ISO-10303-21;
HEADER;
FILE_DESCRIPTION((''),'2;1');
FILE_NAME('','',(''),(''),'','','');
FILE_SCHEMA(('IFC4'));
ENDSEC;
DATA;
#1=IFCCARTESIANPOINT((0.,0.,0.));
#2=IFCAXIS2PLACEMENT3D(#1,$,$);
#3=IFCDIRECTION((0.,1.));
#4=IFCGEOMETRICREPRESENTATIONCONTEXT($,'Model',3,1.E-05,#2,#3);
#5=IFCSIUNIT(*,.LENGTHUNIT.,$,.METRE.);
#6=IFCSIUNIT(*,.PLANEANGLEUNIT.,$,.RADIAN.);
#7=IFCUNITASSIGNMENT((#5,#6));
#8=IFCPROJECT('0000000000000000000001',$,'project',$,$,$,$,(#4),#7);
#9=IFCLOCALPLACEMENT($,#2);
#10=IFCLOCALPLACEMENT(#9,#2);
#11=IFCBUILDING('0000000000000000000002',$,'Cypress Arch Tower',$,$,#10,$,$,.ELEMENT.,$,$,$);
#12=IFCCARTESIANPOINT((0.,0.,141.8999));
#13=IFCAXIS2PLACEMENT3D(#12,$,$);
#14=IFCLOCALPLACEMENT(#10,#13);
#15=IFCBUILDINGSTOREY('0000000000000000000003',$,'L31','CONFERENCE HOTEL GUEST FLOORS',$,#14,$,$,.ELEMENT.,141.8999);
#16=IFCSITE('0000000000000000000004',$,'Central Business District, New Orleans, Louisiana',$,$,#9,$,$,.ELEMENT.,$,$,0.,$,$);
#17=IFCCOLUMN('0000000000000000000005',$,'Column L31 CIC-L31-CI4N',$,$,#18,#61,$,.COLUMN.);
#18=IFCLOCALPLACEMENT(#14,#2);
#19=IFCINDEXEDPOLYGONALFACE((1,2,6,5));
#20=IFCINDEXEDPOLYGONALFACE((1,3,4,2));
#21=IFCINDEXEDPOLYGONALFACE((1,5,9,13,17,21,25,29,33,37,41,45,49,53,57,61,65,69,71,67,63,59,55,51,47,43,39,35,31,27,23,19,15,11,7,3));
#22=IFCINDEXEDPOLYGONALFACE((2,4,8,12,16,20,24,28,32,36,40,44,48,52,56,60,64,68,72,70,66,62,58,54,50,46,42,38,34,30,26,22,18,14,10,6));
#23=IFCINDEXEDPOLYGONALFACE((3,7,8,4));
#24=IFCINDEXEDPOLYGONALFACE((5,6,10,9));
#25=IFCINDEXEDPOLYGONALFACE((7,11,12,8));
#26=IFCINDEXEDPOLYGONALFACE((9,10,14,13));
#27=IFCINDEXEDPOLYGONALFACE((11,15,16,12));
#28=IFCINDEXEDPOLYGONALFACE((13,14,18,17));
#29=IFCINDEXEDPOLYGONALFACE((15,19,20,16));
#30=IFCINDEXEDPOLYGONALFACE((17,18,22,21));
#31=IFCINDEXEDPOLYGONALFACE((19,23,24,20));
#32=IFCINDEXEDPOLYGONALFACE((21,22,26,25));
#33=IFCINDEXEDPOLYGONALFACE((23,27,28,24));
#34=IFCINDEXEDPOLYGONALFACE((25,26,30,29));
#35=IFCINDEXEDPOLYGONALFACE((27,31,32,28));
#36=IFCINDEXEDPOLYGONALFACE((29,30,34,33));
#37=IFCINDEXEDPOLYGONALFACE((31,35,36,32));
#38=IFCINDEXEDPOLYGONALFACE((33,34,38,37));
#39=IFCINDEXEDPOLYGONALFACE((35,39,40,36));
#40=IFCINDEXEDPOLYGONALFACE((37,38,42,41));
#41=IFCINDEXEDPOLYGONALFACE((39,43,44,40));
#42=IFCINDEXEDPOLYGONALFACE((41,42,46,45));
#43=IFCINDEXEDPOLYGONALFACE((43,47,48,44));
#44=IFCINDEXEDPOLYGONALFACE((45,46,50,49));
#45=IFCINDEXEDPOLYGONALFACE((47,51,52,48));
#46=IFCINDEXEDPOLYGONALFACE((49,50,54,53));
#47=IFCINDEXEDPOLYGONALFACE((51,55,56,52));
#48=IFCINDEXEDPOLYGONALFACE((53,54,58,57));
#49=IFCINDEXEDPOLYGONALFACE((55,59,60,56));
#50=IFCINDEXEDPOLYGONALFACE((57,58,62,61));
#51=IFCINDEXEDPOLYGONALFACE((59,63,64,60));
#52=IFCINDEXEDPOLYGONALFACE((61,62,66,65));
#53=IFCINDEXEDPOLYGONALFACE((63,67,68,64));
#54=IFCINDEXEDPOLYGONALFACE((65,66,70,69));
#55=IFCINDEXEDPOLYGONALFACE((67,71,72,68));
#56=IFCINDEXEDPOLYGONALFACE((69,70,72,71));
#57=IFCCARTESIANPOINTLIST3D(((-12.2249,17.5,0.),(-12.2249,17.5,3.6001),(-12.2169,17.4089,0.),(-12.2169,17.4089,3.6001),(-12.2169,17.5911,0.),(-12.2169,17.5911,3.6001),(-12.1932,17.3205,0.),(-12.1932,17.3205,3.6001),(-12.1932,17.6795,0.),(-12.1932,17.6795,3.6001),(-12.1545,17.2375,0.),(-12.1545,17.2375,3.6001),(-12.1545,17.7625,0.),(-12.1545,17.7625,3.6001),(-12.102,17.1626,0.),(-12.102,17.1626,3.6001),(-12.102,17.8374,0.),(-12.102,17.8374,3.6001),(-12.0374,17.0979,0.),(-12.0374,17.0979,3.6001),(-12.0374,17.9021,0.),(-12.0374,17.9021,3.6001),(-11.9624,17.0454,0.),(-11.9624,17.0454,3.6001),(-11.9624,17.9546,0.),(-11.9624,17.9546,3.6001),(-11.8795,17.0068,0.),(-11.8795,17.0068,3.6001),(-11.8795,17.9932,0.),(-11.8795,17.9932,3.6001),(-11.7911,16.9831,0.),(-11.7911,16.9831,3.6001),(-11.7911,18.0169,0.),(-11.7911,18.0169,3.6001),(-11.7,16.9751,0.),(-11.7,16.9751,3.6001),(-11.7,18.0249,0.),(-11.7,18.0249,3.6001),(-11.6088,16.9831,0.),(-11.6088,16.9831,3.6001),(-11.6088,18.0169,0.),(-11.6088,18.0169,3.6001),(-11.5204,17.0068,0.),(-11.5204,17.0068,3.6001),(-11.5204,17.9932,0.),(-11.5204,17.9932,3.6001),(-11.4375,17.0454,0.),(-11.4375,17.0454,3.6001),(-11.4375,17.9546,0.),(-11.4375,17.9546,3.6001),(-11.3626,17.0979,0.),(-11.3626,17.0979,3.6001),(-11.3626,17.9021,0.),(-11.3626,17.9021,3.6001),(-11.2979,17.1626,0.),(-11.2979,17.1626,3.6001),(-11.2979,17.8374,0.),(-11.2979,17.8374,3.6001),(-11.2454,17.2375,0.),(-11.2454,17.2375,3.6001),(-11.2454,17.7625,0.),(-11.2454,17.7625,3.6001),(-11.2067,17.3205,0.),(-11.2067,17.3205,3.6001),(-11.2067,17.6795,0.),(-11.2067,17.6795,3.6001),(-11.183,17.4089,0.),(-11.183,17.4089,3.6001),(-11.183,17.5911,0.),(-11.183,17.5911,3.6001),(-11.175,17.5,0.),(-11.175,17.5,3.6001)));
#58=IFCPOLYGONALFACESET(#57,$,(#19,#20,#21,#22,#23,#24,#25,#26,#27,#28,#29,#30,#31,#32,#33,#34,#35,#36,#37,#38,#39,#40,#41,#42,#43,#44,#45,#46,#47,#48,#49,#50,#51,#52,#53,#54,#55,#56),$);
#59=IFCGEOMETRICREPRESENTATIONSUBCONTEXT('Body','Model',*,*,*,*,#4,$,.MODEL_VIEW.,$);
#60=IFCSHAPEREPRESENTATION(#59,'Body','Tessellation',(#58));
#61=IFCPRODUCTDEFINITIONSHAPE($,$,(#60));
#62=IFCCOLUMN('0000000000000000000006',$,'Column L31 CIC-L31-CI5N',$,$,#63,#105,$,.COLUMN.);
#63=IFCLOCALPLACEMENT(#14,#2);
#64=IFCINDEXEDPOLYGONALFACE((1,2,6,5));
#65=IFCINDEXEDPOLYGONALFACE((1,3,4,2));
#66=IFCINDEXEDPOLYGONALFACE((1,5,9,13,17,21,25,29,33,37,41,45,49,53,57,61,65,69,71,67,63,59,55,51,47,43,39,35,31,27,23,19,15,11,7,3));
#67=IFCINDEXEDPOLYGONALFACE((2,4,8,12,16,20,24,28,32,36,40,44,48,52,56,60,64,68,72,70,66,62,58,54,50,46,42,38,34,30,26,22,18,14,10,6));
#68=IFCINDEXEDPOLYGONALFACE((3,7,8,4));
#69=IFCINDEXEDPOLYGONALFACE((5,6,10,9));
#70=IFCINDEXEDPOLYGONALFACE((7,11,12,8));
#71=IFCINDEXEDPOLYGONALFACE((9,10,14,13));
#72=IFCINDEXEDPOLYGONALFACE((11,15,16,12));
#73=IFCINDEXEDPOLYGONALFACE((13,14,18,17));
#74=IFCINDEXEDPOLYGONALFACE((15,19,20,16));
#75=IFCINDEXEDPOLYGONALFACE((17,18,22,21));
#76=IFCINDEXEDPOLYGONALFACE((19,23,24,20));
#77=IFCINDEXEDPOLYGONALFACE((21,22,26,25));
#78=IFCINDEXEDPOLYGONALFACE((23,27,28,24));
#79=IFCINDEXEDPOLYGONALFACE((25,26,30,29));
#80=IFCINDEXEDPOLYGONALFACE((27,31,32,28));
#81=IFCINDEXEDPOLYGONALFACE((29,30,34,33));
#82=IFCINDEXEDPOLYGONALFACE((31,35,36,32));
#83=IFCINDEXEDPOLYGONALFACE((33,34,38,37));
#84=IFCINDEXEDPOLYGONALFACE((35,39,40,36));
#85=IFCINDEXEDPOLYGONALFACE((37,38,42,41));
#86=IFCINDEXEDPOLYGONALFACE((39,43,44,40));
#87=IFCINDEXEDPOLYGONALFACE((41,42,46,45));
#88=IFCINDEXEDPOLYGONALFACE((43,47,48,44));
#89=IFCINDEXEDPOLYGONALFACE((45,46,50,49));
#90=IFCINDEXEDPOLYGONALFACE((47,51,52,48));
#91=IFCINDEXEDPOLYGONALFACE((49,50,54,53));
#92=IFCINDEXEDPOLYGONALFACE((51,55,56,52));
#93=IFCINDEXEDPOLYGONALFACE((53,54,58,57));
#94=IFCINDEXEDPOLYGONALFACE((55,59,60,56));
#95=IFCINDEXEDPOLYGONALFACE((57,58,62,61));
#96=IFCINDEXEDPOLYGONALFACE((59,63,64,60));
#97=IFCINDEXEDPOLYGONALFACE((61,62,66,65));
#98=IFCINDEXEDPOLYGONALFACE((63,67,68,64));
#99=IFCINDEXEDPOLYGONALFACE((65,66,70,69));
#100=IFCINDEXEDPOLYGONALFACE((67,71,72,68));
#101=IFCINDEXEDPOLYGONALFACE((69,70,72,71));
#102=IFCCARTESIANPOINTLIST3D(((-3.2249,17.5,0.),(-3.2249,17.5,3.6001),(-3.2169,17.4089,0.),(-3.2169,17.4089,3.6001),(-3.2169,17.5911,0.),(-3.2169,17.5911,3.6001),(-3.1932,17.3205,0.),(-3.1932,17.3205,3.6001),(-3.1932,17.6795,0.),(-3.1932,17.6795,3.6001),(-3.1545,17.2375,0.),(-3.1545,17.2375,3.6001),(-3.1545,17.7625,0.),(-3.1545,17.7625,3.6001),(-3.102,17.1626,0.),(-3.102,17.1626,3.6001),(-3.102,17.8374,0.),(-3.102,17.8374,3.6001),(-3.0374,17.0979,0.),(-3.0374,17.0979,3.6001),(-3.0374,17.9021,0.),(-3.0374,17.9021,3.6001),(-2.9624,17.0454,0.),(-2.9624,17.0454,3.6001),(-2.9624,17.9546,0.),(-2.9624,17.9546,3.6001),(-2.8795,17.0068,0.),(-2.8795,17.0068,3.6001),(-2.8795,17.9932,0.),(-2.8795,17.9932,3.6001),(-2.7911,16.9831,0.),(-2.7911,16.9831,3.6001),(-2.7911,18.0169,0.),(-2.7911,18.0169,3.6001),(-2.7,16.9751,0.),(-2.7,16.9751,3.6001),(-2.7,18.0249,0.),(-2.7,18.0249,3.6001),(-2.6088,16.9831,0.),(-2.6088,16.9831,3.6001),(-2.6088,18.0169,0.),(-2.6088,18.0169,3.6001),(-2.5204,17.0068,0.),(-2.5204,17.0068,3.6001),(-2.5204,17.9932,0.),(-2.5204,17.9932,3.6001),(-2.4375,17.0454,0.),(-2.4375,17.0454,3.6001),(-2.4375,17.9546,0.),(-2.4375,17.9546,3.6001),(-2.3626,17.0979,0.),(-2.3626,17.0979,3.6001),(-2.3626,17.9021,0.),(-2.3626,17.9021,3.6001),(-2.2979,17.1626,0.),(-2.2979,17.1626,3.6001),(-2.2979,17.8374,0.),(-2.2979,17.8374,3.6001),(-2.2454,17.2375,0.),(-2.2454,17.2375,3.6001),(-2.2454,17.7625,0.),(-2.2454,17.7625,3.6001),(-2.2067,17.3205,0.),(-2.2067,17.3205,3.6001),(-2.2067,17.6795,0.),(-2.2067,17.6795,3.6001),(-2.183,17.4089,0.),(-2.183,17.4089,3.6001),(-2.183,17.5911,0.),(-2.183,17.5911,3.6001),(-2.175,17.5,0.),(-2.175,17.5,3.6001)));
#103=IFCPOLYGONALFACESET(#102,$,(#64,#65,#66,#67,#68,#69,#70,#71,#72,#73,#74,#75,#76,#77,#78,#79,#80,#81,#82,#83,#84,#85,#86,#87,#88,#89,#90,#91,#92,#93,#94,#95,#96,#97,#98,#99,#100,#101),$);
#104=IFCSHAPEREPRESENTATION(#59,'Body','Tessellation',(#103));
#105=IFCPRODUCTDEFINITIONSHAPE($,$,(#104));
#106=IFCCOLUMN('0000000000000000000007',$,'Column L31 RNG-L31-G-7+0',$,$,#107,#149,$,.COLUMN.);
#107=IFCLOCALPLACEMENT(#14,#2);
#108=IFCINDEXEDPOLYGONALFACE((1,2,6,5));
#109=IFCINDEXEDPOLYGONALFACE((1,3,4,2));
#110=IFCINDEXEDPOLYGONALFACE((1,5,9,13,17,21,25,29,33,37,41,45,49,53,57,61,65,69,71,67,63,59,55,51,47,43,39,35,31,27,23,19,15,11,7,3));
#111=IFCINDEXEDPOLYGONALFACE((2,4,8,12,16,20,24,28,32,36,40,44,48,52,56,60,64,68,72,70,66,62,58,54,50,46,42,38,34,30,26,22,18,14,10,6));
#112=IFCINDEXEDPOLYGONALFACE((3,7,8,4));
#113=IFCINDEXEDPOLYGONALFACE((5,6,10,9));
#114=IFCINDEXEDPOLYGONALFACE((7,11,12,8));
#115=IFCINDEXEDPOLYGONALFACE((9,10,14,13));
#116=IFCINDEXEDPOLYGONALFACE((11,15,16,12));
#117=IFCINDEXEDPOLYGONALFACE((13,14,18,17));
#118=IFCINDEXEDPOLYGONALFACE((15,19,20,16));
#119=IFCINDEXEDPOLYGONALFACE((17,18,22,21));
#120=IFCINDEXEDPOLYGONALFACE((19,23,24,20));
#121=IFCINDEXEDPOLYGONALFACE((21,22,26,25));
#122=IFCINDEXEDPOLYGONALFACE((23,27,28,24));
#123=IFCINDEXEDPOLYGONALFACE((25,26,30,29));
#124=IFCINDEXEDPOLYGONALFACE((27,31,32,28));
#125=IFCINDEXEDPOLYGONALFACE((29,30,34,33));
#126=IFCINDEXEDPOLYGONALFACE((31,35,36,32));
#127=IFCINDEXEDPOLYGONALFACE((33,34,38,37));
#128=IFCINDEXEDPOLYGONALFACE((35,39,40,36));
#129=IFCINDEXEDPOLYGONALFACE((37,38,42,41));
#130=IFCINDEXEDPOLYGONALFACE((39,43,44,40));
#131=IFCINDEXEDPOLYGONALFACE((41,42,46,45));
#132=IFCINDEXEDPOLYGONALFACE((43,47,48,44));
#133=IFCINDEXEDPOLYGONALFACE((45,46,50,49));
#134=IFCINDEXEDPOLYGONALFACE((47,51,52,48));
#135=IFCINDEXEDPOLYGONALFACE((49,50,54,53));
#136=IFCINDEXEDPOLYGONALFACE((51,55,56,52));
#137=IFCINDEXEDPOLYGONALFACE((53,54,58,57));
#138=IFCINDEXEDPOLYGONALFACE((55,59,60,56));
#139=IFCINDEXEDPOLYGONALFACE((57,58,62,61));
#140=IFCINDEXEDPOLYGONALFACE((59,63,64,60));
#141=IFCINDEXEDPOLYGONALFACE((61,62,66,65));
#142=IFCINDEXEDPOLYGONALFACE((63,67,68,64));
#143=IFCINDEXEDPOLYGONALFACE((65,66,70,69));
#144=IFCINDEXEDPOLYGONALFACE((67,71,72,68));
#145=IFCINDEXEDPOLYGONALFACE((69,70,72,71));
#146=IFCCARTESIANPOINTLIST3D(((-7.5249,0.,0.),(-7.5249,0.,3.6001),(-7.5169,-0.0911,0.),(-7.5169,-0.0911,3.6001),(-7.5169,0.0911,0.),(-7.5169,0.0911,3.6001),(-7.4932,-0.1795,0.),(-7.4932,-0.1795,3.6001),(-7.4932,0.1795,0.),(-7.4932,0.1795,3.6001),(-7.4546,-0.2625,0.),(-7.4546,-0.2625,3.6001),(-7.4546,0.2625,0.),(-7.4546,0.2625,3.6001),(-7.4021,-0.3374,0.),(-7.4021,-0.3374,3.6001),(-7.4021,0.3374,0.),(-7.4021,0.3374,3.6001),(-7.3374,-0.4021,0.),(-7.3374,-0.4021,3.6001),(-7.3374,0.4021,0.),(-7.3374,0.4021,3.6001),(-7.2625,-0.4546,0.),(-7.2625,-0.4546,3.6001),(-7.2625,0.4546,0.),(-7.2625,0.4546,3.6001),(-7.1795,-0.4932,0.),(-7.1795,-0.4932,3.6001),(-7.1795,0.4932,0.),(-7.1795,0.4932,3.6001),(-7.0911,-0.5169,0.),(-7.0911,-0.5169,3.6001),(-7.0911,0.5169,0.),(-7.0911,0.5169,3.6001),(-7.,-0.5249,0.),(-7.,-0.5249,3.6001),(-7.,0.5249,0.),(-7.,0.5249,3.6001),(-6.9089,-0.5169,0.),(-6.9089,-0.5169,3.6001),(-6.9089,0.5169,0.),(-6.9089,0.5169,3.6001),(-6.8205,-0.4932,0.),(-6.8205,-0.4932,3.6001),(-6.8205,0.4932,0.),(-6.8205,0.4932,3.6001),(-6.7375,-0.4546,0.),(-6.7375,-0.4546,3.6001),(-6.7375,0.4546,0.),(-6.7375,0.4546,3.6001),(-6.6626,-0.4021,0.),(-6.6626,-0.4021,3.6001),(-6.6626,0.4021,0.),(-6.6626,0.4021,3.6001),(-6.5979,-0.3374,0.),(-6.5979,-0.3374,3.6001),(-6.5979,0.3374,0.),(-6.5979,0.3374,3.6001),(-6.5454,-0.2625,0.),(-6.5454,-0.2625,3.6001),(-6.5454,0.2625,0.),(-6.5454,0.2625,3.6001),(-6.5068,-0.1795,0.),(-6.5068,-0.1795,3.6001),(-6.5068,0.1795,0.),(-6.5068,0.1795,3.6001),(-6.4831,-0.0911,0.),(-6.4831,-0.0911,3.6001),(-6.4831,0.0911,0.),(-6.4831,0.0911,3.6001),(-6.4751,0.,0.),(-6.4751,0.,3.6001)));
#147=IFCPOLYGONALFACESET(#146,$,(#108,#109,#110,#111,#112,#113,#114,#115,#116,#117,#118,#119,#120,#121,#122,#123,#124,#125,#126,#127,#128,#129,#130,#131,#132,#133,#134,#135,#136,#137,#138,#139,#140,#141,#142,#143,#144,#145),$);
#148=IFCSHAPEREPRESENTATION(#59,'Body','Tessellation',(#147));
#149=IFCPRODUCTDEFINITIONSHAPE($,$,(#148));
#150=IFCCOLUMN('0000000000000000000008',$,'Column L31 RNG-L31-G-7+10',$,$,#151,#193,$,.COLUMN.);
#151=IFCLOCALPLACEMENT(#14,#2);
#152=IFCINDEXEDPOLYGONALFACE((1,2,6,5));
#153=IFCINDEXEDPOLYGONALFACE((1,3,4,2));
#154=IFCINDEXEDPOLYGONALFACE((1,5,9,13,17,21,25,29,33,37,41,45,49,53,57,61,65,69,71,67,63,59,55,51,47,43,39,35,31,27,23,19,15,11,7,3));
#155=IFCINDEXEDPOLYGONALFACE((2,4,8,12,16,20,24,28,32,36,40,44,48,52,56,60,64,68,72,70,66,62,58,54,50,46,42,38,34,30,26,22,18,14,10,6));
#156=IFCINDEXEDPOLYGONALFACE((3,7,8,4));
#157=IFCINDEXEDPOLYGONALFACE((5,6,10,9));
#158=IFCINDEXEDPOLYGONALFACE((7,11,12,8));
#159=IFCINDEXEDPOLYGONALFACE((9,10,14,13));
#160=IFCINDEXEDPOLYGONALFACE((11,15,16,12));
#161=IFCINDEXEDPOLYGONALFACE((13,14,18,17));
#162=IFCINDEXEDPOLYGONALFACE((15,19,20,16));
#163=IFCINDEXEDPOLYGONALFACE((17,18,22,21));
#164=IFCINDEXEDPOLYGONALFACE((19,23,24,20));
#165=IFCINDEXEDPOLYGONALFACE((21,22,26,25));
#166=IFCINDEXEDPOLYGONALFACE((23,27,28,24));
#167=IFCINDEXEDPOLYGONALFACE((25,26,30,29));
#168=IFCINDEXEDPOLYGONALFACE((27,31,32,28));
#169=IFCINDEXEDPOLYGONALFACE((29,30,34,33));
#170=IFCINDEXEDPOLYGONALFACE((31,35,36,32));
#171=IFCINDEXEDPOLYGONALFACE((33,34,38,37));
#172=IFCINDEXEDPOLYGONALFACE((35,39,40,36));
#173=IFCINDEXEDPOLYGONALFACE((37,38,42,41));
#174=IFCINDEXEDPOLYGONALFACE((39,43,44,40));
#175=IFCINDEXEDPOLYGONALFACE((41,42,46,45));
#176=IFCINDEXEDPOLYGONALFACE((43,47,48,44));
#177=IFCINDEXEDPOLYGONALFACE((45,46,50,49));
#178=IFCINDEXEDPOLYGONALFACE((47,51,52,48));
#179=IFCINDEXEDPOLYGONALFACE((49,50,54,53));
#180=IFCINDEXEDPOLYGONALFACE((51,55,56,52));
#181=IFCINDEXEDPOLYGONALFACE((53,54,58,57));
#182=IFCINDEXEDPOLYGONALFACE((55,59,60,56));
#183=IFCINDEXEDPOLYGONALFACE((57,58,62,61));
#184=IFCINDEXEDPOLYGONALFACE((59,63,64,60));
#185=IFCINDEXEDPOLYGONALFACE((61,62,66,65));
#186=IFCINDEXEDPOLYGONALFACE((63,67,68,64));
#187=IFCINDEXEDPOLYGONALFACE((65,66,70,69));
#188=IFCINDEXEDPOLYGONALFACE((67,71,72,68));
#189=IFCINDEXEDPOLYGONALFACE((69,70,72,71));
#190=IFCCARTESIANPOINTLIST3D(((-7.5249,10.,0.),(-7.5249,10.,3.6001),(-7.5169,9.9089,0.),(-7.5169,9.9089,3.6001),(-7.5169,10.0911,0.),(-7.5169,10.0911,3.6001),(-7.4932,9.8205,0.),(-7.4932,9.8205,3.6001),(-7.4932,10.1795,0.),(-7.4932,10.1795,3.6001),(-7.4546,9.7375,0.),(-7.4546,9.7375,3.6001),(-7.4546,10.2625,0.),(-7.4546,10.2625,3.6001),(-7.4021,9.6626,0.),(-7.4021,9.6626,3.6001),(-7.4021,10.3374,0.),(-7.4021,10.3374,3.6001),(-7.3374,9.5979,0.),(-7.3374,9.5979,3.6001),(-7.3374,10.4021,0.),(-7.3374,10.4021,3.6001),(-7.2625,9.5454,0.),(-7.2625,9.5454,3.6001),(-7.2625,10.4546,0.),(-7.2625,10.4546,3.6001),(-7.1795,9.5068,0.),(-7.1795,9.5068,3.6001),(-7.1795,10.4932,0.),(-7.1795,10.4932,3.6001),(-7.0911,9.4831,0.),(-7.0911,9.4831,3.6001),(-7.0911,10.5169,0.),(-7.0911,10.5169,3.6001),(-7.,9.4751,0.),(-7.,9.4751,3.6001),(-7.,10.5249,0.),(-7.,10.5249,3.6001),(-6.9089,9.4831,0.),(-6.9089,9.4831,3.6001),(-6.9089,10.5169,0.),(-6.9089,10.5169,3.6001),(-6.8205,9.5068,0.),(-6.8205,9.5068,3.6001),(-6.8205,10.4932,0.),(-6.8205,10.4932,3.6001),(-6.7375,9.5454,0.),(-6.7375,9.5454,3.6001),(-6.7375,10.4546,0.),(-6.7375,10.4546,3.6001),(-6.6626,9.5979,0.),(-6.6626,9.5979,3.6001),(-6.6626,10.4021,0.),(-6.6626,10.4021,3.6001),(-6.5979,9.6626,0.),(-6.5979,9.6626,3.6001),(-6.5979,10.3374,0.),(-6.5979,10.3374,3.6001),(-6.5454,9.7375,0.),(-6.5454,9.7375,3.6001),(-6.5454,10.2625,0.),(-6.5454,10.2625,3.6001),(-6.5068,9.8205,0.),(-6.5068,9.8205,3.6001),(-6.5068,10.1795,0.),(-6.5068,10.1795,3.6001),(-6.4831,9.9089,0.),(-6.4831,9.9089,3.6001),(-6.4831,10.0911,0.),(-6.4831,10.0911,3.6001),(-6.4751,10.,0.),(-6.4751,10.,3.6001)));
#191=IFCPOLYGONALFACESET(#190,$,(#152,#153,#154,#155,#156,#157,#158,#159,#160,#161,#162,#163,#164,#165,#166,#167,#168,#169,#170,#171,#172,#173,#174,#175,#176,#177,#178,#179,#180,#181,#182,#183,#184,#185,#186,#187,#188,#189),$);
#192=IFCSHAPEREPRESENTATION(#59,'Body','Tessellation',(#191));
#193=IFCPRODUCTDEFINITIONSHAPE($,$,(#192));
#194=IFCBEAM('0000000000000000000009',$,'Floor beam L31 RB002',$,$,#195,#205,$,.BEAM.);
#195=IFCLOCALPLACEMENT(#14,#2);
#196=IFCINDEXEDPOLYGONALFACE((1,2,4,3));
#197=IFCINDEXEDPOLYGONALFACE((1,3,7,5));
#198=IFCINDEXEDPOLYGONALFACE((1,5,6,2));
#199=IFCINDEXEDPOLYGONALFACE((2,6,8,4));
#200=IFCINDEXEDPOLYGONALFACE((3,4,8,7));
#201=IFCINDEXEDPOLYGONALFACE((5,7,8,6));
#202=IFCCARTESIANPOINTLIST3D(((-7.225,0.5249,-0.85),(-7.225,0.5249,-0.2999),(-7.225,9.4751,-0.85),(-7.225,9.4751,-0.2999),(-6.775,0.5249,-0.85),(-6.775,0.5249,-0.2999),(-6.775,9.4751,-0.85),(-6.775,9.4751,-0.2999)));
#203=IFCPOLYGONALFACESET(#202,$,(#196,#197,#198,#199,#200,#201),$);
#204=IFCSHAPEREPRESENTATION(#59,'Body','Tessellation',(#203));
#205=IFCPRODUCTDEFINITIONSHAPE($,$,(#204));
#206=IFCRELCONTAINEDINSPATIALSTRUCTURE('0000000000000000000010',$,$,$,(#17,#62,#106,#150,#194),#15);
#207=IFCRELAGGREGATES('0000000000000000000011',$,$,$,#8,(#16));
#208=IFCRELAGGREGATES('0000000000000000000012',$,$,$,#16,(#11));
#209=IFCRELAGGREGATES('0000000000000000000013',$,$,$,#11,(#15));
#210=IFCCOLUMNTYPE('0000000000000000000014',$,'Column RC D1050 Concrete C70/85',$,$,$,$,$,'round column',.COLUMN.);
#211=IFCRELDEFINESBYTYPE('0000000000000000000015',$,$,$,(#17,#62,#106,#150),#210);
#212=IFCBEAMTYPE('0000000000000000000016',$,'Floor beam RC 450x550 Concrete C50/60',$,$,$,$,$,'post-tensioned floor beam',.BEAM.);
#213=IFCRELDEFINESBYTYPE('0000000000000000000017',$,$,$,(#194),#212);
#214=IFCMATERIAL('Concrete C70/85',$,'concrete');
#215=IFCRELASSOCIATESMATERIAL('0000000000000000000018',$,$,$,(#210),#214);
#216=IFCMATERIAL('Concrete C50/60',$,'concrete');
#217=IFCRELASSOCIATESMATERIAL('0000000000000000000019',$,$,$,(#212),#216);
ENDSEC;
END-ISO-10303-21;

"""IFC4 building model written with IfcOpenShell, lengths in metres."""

from ifc_helpers import new_model, si_unit, direction, frame, origin, origin_2d, place, context, subcontext, project, spatial, rectangle, circle, extrude, material, material_profile, profile_set, type_object, element, save


model = new_model("IFC4")

# Units and contexts
model_context = context("Model", 3, precision=1e-05, world=origin(), true_north=direction((0.0, 1.0)))
body_context = subcontext(model_context, "Body", "Model", "MODEL_VIEW")
ifc_project = project(units=[si_unit("LENGTHUNIT", "METRE"), si_unit("PLANEANGLEUNIT", "RADIAN")], contexts=[model_context])

# Site, building, storey
site_placement = place(None, origin())
site = spatial("IfcSite", under=ifc_project, at=site_placement, Name="Central Business District, New Orleans, Louisiana", CompositionType="ELEMENT", RefElevation=0.0)
building_placement = place(site_placement, origin())
building = spatial("IfcBuilding", under=site, at=building_placement, Name="Cypress Arch Tower", CompositionType="ELEMENT")
storey_placement = place(building_placement, frame((0.0, 0.0, 141.8999)))
storey = spatial("IfcBuildingStorey", under=building, at=storey_placement, Name="L31", Description="CONFERENCE HOTEL GUEST FLOORS", CompositionType="ELEMENT", Elevation=141.8999)

# Columns
ifc_material_1 = material(Name="Concrete C70/85", Category="concrete")
ifc_material_profile_1 = material_profile(ifc_material_1, circle(Radius=0.5249, at=origin_2d()), Name="RC D1050")
ifc_profile_set_1 = profile_set([ifc_material_profile_1], Name="Concrete C70/85")
column_type = type_object("IfcColumnType", Name="Column RC D1050 Concrete C70/85", ElementType="round column", PredefinedType="COLUMN", material=ifc_profile_set_1)
for number, where, z_axis, x_axis, name in (
    (1, (-11.7, 17.5, 0.0), (0.0, 0.0, 1.0), (1.0, 0.0, 0.0), "Column L31 CIC-L31-CI4N"),
    (2, (-2.7, 17.5, 0.0), (0.0, 0.0, 1.0), (1.0, 0.0, 0.0), "Column L31 CIC-L31-CI5N"),
    (3, (-7.0, 0.0, 0.0), (0.0, 0.0, 1.0), (1.0, 0.0, 0.0), "Column L31 RNG-L31-G-7+0"),
    (4, (-7.0, 10.0, 0.0), (0.0, 0.0, 1.0), (1.0, 0.0, 0.0), "Column L31 RNG-L31-G-7+10"),
):
    element("IfcColumn", number, at=place(storey_placement, frame(where, z_axis=z_axis, x_axis=x_axis)), inside=storey, type_object=column_type, Name=name, PredefinedType="COLUMN", context=body_context, shape_type="SweptSolid", body=[
        extrude(circle(Radius=0.5249, at=origin_2d()), origin(), (0.0, 0.0, 1.0), 3.6001),
    ])

# Beam
ifc_material_2 = material(Name="Concrete C50/60", Category="concrete")
ifc_material_profile_2 = material_profile(ifc_material_2, rectangle(XDim=0.45, YDim=0.55, at=origin_2d()), Name="RC 450x550")
ifc_profile_set_2 = profile_set([ifc_material_profile_2], Name="Concrete C50/60")
beam_type_1 = type_object("IfcBeamType", Name="Floor beam RC 450x550 Concrete C50/60", ElementType="post-tensioned floor beam", PredefinedType="BEAM", material=ifc_profile_set_2)
beam_1_placement = place(storey_placement, frame((-7.0, 0.5249, -0.575), z_axis=(0.0, 1.0, 0.0), x_axis=(-1.0, 0.0, 0.0)))
element("IfcBeam", 5, at=beam_1_placement, inside=storey, type_object=beam_type_1, Name="Floor beam L31 RB002", PredefinedType="BEAM", context=body_context, shape_type="SweptSolid", body=[
    extrude(rectangle(XDim=0.45, YDim=0.55, at=origin_2d()), origin(), (0.0, 0.0, 1.0), 8.9502),
])

save(model, "model.ifc")
